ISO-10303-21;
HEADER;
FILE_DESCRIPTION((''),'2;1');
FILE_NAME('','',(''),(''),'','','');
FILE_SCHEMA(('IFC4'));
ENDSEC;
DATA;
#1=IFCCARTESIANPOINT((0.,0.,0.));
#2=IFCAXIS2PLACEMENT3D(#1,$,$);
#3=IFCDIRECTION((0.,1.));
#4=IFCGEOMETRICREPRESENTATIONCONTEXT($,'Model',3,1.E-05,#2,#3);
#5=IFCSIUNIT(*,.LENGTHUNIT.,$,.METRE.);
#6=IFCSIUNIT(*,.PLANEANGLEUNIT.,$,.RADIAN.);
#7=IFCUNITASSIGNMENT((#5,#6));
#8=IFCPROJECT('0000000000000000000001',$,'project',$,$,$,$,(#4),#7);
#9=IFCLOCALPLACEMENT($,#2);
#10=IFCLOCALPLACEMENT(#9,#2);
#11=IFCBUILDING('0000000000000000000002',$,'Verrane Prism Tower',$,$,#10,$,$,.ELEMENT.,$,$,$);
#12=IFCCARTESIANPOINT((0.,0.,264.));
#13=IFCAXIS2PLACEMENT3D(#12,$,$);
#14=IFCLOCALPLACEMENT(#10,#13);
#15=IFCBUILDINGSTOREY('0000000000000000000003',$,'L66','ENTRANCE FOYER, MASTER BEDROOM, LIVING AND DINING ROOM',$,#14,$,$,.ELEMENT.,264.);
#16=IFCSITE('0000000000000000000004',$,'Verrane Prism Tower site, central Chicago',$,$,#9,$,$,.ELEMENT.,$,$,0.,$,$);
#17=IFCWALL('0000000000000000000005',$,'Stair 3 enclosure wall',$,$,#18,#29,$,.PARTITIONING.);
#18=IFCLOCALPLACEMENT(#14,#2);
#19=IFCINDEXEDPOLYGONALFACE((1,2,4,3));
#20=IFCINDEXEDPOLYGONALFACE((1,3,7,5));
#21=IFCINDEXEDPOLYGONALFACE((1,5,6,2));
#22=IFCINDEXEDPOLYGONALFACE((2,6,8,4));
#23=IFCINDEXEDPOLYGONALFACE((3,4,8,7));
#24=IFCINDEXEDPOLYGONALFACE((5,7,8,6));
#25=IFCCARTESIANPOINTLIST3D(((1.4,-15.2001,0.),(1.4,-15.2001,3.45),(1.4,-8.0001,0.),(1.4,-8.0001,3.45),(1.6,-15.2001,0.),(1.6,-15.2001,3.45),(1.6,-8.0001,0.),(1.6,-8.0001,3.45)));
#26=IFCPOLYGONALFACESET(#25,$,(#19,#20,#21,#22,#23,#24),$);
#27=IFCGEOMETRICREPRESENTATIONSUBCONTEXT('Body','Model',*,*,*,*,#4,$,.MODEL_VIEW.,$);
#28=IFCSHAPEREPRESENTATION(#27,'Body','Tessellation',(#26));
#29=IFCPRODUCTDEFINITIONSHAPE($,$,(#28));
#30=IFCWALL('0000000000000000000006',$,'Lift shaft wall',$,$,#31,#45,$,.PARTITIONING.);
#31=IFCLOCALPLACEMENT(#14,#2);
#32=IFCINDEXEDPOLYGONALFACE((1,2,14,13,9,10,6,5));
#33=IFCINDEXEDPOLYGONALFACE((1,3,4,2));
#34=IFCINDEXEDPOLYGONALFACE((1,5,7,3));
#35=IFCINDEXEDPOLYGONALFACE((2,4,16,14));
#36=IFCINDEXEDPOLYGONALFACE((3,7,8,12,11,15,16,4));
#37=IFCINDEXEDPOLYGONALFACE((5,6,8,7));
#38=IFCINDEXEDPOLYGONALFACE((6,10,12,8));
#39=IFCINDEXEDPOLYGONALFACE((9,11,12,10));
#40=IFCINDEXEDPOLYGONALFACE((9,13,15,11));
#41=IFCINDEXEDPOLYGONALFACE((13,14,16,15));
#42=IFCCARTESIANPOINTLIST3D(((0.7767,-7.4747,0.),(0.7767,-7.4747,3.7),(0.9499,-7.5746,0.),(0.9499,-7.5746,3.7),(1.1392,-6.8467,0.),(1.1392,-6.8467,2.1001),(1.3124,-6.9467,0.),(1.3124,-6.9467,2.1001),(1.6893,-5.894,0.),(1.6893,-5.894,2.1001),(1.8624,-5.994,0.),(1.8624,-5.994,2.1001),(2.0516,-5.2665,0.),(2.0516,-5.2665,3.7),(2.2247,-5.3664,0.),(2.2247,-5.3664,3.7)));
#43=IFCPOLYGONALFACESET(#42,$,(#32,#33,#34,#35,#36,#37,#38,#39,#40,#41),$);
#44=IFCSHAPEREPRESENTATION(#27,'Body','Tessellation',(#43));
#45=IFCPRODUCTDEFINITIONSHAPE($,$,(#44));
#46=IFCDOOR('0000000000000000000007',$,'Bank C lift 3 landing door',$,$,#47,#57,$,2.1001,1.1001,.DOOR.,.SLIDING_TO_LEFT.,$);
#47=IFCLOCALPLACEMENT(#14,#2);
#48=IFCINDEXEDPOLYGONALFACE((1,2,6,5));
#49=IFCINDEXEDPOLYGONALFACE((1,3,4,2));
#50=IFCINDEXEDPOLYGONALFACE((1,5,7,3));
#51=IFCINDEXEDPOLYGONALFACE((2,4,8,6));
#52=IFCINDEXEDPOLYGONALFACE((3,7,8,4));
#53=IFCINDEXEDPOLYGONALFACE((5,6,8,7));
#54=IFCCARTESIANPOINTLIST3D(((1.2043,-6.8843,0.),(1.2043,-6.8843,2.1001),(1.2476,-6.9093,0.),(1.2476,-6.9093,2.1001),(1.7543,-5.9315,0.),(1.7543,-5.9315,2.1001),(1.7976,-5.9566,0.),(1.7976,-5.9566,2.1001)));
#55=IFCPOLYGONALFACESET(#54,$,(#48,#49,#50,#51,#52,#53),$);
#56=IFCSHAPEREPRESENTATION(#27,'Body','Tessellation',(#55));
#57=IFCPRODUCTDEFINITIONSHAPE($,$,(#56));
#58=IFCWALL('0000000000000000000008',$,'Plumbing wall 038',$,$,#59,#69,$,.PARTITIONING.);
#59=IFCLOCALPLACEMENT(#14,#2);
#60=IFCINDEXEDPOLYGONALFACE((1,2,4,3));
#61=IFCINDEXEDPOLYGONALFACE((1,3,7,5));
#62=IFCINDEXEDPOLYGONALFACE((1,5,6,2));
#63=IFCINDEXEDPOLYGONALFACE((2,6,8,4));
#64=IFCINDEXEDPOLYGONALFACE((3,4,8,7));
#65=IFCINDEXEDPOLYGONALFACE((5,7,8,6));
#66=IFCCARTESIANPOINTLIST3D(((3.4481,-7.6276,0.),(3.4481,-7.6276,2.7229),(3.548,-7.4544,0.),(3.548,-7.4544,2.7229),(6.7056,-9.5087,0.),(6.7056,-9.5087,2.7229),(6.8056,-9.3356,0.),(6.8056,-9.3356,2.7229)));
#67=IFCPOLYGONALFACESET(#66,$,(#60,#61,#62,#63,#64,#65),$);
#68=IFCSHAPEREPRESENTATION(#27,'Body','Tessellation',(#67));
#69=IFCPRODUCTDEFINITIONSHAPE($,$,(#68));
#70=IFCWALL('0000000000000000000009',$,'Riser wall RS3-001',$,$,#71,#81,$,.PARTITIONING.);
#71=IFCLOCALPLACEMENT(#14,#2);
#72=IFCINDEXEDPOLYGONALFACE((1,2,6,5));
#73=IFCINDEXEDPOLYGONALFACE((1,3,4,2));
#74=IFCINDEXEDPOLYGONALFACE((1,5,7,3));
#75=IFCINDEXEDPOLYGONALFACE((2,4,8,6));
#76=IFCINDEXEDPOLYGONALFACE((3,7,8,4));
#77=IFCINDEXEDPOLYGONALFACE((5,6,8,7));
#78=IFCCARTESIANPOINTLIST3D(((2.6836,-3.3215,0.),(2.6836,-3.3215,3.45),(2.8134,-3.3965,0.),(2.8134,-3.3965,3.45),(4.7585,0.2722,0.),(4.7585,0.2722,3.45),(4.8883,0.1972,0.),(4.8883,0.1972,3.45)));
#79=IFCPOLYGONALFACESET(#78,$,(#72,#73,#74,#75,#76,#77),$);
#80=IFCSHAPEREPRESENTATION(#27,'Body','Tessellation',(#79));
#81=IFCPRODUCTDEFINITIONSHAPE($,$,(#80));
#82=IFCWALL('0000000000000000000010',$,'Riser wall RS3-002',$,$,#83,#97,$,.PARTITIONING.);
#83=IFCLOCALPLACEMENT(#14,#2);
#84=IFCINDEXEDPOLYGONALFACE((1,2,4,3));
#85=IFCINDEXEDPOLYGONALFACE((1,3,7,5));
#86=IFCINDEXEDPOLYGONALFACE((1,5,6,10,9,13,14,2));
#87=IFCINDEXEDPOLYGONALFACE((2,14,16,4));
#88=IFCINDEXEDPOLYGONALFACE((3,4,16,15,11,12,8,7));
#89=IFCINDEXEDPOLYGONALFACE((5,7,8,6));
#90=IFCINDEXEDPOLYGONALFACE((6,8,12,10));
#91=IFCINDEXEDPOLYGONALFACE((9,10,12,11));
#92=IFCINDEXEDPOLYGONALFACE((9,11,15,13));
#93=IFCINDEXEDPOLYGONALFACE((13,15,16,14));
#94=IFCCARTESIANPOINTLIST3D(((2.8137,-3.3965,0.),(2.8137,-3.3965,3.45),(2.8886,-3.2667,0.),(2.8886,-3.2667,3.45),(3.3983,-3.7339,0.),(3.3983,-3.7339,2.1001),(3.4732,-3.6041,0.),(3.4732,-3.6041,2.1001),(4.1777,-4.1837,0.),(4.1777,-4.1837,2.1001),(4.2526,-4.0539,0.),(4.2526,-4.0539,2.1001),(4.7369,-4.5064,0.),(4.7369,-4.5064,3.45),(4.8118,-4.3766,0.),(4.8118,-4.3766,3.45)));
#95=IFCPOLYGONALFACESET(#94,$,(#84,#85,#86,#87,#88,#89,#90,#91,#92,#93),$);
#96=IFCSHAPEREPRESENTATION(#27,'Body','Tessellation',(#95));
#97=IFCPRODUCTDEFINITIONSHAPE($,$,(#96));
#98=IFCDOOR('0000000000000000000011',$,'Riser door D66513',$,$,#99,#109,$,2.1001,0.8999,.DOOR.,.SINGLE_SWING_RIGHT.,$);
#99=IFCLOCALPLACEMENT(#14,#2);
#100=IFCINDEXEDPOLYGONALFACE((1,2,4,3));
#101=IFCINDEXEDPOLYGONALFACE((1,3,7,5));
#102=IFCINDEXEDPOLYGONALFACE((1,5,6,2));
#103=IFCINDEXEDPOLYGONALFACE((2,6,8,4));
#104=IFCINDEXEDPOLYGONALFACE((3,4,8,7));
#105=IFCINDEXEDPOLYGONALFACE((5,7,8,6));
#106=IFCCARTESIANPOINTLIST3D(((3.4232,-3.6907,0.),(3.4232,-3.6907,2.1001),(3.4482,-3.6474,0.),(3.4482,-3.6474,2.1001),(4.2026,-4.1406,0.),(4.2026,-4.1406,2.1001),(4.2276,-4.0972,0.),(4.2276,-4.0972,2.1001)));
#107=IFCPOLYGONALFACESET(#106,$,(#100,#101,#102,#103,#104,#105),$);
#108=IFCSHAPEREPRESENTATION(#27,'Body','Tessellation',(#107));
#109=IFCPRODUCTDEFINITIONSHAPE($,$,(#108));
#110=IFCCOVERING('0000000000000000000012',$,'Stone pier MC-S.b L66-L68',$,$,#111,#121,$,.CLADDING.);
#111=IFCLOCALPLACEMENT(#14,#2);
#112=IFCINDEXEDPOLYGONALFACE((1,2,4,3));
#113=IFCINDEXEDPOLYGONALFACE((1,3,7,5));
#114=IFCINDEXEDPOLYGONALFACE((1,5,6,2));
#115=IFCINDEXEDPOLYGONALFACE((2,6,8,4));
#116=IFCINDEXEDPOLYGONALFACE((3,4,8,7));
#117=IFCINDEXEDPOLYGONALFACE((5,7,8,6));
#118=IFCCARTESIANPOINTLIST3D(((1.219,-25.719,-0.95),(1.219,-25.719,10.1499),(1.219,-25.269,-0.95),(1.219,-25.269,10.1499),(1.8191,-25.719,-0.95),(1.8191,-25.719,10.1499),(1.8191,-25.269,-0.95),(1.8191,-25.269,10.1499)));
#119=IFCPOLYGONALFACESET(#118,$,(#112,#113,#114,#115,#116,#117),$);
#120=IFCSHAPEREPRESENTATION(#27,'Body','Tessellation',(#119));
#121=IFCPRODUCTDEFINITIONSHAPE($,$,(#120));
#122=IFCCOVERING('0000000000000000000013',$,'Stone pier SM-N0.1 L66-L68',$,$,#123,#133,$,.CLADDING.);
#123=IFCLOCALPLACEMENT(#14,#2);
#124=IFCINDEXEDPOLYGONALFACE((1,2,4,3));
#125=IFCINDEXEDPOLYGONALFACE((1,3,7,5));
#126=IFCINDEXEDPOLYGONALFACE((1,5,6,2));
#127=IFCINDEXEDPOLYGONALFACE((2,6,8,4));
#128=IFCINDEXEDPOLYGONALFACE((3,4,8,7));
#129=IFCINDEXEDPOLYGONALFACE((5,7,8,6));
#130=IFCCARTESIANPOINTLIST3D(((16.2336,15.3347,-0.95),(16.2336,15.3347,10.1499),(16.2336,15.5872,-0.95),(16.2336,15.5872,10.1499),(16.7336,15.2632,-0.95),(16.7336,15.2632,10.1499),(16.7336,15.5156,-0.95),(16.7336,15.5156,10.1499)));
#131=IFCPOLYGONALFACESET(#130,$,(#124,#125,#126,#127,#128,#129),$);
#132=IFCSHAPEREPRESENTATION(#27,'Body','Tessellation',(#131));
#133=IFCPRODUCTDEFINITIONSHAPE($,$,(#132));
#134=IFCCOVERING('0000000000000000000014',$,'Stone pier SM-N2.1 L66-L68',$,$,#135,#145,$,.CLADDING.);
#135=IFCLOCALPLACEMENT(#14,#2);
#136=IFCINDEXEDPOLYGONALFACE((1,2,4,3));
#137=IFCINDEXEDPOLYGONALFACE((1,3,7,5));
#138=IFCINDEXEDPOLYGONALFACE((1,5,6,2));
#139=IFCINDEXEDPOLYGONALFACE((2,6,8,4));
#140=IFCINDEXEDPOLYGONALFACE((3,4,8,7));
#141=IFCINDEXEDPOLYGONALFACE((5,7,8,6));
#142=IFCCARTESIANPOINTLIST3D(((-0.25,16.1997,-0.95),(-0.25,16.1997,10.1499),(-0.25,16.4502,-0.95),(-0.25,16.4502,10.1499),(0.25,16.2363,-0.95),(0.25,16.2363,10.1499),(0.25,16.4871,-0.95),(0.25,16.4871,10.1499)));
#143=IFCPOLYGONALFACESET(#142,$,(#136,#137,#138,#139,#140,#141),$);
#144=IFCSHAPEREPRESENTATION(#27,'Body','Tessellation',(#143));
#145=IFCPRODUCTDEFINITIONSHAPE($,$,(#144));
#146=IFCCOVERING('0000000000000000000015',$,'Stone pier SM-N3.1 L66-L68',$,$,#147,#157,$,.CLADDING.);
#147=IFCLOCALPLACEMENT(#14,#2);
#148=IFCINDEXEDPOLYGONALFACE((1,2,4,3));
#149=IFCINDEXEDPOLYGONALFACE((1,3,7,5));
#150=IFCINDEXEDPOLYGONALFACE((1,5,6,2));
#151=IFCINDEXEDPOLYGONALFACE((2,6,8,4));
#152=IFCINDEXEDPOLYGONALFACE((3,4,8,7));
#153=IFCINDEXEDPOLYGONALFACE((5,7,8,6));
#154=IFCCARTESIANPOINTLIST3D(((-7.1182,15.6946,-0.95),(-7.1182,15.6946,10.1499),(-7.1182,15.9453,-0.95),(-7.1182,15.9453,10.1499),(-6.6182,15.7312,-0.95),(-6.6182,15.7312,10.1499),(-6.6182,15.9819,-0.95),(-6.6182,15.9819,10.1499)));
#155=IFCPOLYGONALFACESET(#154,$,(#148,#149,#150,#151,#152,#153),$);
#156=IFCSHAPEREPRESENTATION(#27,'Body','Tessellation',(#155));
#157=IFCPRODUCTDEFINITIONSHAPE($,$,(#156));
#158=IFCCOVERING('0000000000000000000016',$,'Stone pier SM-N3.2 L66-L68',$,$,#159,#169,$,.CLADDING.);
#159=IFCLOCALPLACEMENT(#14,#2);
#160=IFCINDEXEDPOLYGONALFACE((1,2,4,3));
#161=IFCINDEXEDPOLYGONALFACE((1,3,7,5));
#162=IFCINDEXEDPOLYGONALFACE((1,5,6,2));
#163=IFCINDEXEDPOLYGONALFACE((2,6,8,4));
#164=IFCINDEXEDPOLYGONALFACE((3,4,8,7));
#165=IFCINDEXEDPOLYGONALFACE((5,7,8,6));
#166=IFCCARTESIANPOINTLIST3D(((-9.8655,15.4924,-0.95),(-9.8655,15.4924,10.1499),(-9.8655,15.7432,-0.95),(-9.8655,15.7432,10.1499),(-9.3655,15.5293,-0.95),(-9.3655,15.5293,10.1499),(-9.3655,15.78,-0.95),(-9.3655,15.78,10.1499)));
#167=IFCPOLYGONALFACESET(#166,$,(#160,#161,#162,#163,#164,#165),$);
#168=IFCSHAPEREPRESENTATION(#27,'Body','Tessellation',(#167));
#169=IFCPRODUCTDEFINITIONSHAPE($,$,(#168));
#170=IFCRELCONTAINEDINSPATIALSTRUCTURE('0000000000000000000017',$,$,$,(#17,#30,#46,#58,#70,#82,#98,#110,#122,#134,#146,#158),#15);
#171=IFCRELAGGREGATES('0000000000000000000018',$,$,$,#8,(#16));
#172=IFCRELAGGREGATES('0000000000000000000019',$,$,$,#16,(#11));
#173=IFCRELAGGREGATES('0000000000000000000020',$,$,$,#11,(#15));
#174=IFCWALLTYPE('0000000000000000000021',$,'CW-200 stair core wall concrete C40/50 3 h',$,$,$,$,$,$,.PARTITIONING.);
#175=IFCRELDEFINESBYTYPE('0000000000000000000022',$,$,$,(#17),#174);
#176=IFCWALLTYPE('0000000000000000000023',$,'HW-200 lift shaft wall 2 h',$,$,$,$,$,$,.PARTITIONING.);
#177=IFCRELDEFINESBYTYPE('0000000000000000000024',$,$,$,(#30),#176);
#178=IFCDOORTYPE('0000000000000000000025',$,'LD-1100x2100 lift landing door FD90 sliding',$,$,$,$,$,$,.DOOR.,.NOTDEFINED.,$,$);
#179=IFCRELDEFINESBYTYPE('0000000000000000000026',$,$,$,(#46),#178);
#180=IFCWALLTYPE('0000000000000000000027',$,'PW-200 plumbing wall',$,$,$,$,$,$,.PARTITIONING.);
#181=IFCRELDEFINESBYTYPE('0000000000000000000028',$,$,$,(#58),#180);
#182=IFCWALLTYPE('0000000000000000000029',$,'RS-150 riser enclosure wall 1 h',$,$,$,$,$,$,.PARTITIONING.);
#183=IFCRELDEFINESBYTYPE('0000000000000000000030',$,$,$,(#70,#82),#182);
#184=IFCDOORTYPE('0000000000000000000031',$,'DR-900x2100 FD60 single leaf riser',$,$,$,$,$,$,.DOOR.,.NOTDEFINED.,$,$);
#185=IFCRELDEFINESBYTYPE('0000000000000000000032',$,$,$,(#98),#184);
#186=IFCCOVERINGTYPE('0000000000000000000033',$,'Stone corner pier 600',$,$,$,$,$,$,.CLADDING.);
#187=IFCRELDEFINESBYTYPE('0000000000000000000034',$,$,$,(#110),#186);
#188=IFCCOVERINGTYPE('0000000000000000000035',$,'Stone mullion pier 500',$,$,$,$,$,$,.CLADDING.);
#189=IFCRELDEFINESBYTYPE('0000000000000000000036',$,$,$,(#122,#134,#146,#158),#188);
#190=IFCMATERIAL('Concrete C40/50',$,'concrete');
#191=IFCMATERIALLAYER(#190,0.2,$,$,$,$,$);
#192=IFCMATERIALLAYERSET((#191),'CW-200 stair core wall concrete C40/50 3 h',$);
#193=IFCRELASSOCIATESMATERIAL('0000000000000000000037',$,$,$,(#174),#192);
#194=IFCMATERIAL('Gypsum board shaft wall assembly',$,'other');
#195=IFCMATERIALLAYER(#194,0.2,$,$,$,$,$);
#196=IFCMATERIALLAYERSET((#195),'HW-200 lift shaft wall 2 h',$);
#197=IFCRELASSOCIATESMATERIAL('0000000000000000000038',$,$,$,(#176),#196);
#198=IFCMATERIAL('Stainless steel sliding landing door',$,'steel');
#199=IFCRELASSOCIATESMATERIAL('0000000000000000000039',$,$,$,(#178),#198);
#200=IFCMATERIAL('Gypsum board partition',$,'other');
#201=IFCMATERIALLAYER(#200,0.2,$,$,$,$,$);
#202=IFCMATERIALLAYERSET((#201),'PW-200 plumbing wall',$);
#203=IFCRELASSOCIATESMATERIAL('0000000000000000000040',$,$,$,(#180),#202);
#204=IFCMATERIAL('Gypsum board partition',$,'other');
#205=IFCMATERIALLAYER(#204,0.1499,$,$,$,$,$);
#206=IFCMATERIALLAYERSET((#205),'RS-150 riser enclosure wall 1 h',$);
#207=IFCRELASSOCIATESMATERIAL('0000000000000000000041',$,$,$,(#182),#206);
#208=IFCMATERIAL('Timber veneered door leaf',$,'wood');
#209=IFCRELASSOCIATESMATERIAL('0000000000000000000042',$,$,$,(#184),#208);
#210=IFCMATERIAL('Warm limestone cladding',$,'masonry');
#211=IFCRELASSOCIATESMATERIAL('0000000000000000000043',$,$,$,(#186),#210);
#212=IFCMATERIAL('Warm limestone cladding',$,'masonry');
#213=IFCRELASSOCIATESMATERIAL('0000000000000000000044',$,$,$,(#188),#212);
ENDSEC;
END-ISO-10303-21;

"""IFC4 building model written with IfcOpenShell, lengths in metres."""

from ifc_helpers import new_model, si_unit, direction, frame, frame_2d, origin, place, context, subcontext, project, spatial, polyline, rectangle, outline, extrude, material, layer, layer_set, type_object, element, fill, save


model = new_model("IFC4")

# Units and contexts
model_context = context("Model", 3, precision=1e-05, world=origin(), true_north=direction((0.0, 1.0)))
body_context = subcontext(model_context, "Body", "Model", "MODEL_VIEW")
ifc_project = project(units=[si_unit("LENGTHUNIT", "METRE"), si_unit("PLANEANGLEUNIT", "RADIAN")], contexts=[model_context])

# Site, building, storey
site_placement = place(None, origin())
site = spatial("IfcSite", under=ifc_project, at=site_placement, Name="Verrane Prism Tower site, central Chicago", CompositionType="ELEMENT", RefElevation=0.0)
building_placement = place(site_placement, origin())
building = spatial("IfcBuilding", under=site, at=building_placement, Name="Verrane Prism Tower", CompositionType="ELEMENT")
storey_placement = place(building_placement, frame((0.0, 0.0, 264.0)))
storey = spatial("IfcBuildingStorey", under=building, at=storey_placement, Name="L66", Description="ENTRANCE FOYER, MASTER BEDROOM, LIVING AND DINING ROOM", CompositionType="ELEMENT", Elevation=264.0)

# Wall
ifc_material_1 = material(Name="Concrete C40/50", Category="concrete")
ifc_layer_1 = layer(ifc_material_1, 0.2)
ifc_layer_set_1 = layer_set([ifc_layer_1], Name="CW-200 stair core wall concrete C40/50 3 h")
wall_type_1 = type_object("IfcWallType", Name="CW-200 stair core wall concrete C40/50 3 h", PredefinedType="PARTITIONING", material=ifc_layer_set_1)
wall_1_placement = place(storey_placement, frame((1.5, -8.0, 0.0), z_axis=(0.0, 0.0, 1.0), x_axis=(0.0, -1.0, 0.0)))
element("IfcWall", 1, at=wall_1_placement, inside=storey, type_object=wall_type_1, Name="Stair 3 enclosure wall", PredefinedType="PARTITIONING", context=body_context, shape_type="SweptSolid", body=[
    extrude(rectangle(XDim=7.2, YDim=0.2, at=frame_2d((3.6001, 0.0))), origin(), (0.0, 0.0, 1.0), 3.45),
])

# Wall, opening, door
ifc_material_2 = material(Name="Gypsum board shaft wall assembly", Category="other")
ifc_layer_2 = layer(ifc_material_2, 0.2)
ifc_layer_set_2 = layer_set([ifc_layer_2], Name="HW-200 lift shaft wall 2 h")
wall_type_2 = type_object("IfcWallType", Name="HW-200 lift shaft wall 2 h", PredefinedType="PARTITIONING", material=ifc_layer_set_2)
wall_2_placement = place(storey_placement, frame((0.8633, -7.5247, 0.0), z_axis=(0.0, 0.0, 1.0), x_axis=(0.49999, 0.866031, 0.0)))
wall_2 = element("IfcWall", 2, at=wall_2_placement, inside=storey, type_object=wall_type_2, Name="Lift shaft wall", PredefinedType="PARTITIONING", context=body_context, shape_type="SweptSolid", body=[
    extrude(rectangle(XDim=2.5498, YDim=0.2, at=frame_2d((1.2749, 0.0))), origin(), (0.0, 0.0, 1.0), 3.7),
])
opening_1_placement = place(wall_2_placement, frame((0.7251, 0.0, 0.0)))
opening_1 = element("IfcOpeningElement", 3, at=opening_1_placement, cuts=wall_2, PredefinedType="OPENING", context=body_context, shape_type="SweptSolid", body=[
    extrude(rectangle(XDim=1.1001, YDim=2.1001, at=frame_2d((0.55, 1.05))), frame((0.0, 0.1099, 0.0), z_axis=(0.0, -1.0, 0.0), x_axis=(1.0, 0.0, 0.0)), (0.0, 0.0, 1.0), 0.22),
])
ifc_material_3 = material(Name="Stainless steel sliding landing door", Category="steel")
door_type_1 = type_object("IfcDoorType", Name="LD-1100x2100 lift landing door FD90 sliding", OperationType="NOTDEFINED", PredefinedType="DOOR", material=ifc_material_3)
door_1_placement = place(opening_1_placement, origin())
door_1 = element("IfcDoor", 4, at=door_1_placement, inside=storey, type_object=door_type_1, Name="Bank C lift 3 landing door", OperationType="SLIDING_TO_LEFT", OverallHeight=2.1001, OverallWidth=1.1001, PredefinedType="DOOR", context=body_context, shape_type="SweptSolid", body=[
    extrude(rectangle(XDim=1.1001, YDim=2.1001, at=frame_2d((0.55, 1.05))), frame((0.0, 0.0249, 0.0), z_axis=(0.0, -1.0, 0.0), x_axis=(1.0, 0.0, 0.0)), (0.0, 0.0, 1.0), 0.05),
])
fill(opening_1, door_1)

# Walls
ifc_material_4 = material(Name="Gypsum board partition", Category="other")
ifc_layer_3 = layer(ifc_material_4, 0.2)
ifc_layer_set_3 = layer_set([ifc_layer_3], Name="PW-200 plumbing wall")
wall_type_3 = type_object("IfcWallType", Name="PW-200 plumbing wall", PredefinedType="PARTITIONING", material=ifc_layer_set_3)
wall_3_placement = place(storey_placement, frame((3.498, -7.541, 0.0), z_axis=(0.0, 0.0, 1.0), x_axis=(0.865986, -0.500069, 0.0)))
element("IfcWall", 5, at=wall_3_placement, inside=storey, type_object=wall_type_3, Name="Plumbing wall 038", PredefinedType="PARTITIONING", context=body_context, shape_type="SweptSolid", body=[
    extrude(rectangle(XDim=3.7617, YDim=0.2, at=frame_2d((1.8809, 0.0))), origin(), (0.0, 0.0, 1.0), 2.7229),
])
ifc_material_5 = material(Name="Gypsum board partition", Category="other")
ifc_layer_4 = layer(ifc_material_5, 0.1499)
ifc_layer_set_4 = layer_set([ifc_layer_4], Name="RS-150 riser enclosure wall 1 h")
wall_type_4 = type_object("IfcWallType", Name="RS-150 riser enclosure wall 1 h", PredefinedType="PARTITIONING", material=ifc_layer_set_4)
wall_4_placement = place(storey_placement, frame((2.7485, -3.3589, 0.0), z_axis=(0.0, 0.0, 1.0), x_axis=(0.500018, 0.866015, 0.0)))
element("IfcWall", 6, at=wall_4_placement, inside=storey, type_object=wall_type_4, Name="Riser wall RS3-001", PredefinedType="PARTITIONING", context=body_context, shape_type="SweptSolid", body=[
    extrude(rectangle(XDim=4.1497, YDim=0.1499, at=frame_2d((2.0747, 0.0))), origin(), (0.0, 0.0, 1.0), 3.45),
])

# Wall, opening, door
wall_5_placement = place(storey_placement, frame((2.8511, -3.3315, 0.0), z_axis=(0.0, 0.0, 1.0), x_axis=(0.866111, -0.499853, 0.0)))
wall_5 = element("IfcWall", 7, at=wall_5_placement, inside=storey, type_object=wall_type_4, Name="Riser wall RS3-002", PredefinedType="PARTITIONING", context=body_context, shape_type="SweptSolid", body=[
    extrude(rectangle(XDim=2.2205, YDim=0.1499, at=frame_2d((1.1104, 0.0))), origin(), (0.0, 0.0, 1.0), 3.45),
])
opening_2_placement = place(wall_5_placement, frame((0.675, 0.0, 0.0)))
opening_2 = element("IfcOpeningElement", 8, at=opening_2_placement, cuts=wall_5, PredefinedType="OPENING", context=body_context, shape_type="SweptSolid", body=[
    extrude(rectangle(XDim=0.8999, YDim=2.1001, at=frame_2d((0.45, 1.05))), frame((0.0, 0.085, 0.0), z_axis=(0.0, -1.0, 0.0), x_axis=(1.0, 0.0, 0.0)), (0.0, 0.0, 1.0), 0.1699),
])
ifc_material_6 = material(Name="Timber veneered door leaf", Category="wood")
door_type_2 = type_object("IfcDoorType", Name="DR-900x2100 FD60 single leaf riser", OperationType="NOTDEFINED", PredefinedType="DOOR", material=ifc_material_6)
door_2_placement = place(opening_2_placement, origin())
door_2 = element("IfcDoor", 9, at=door_2_placement, inside=storey, type_object=door_type_2, Name="Riser door D66513", OperationType="SINGLE_SWING_RIGHT", OverallHeight=2.1001, OverallWidth=0.8999, PredefinedType="DOOR", context=body_context, shape_type="SweptSolid", body=[
    extrude(rectangle(XDim=0.8999, YDim=2.1001, at=frame_2d((0.45, 1.05))), frame((0.0, 0.0249, 0.0), z_axis=(0.0, -1.0, 0.0), x_axis=(1.0, 0.0, 0.0)), (0.0, 0.0, 1.0), 0.05),
])
fill(opening_2, door_2)

# Coverings
ifc_material_7 = material(Name="Warm limestone cladding", Category="masonry")
covering_type_1 = type_object("IfcCoveringType", Name="Stone corner pier 600", PredefinedType="CLADDING", material=ifc_material_7)
covering_1_placement = place(storey_placement, frame((0.0, 0.0, -0.95)))
element("IfcCovering", 10, at=covering_1_placement, inside=storey, type_object=covering_type_1, Name="Stone pier MC-S.b L66-L68", PredefinedType="CLADDING", context=body_context, shape_type="SweptSolid", body=[
    extrude(outline(polyline([(1.8191, -25.269), (1.219, -25.269), (1.219, -25.719), (1.8191, -25.719), (1.8191, -25.269)])), origin(), (0.0, 0.0, 1.0), 11.0999),
])
ifc_material_8 = material(Name="Warm limestone cladding", Category="masonry")
covering_type_2 = type_object("IfcCoveringType", Name="Stone mullion pier 500", PredefinedType="CLADDING", material=ifc_material_8)
covering_2_placement = place(storey_placement, frame((0.0, 0.0, -0.95)))
element("IfcCovering", 11, at=covering_2_placement, inside=storey, type_object=covering_type_2, Name="Stone pier SM-N0.1 L66-L68", PredefinedType="CLADDING", context=body_context, shape_type="SweptSolid", body=[
    extrude(outline(polyline([(16.2336, 15.3347), (16.7336, 15.2632), (16.7336, 15.5156), (16.2336, 15.5872), (16.2336, 15.3347)])), origin(), (0.0, 0.0, 1.0), 11.0999),
])
covering_3_placement = place(storey_placement, frame((0.0, 0.0, -0.95)))
element("IfcCovering", 12, at=covering_3_placement, inside=storey, type_object=covering_type_2, Name="Stone pier SM-N2.1 L66-L68", PredefinedType="CLADDING", context=body_context, shape_type="SweptSolid", body=[
    extrude(outline(polyline([(-0.25, 16.1997), (0.25, 16.2363), (0.25, 16.4871), (-0.25, 16.4502), (-0.25, 16.1997)])), origin(), (0.0, 0.0, 1.0), 11.0999),
])
covering_4_placement = place(storey_placement, frame((0.0, 0.0, -0.95)))
element("IfcCovering", 13, at=covering_4_placement, inside=storey, type_object=covering_type_2, Name="Stone pier SM-N3.1 L66-L68", PredefinedType="CLADDING", context=body_context, shape_type="SweptSolid", body=[
    extrude(outline(polyline([(-7.1182, 15.6946), (-6.6182, 15.7312), (-6.6182, 15.9819), (-7.1182, 15.9453), (-7.1182, 15.6946)])), origin(), (0.0, 0.0, 1.0), 11.0999),
])
covering_5_placement = place(storey_placement, frame((0.0, 0.0, -0.95)))
element("IfcCovering", 14, at=covering_5_placement, inside=storey, type_object=covering_type_2, Name="Stone pier SM-N3.2 L66-L68", PredefinedType="CLADDING", context=body_context, shape_type="SweptSolid", body=[
    extrude(outline(polyline([(-9.8655, 15.4924), (-9.3655, 15.5293), (-9.3655, 15.78), (-9.8655, 15.7432), (-9.8655, 15.4924)])), origin(), (0.0, 0.0, 1.0), 11.0999),
])

save(model, "model.ifc")
